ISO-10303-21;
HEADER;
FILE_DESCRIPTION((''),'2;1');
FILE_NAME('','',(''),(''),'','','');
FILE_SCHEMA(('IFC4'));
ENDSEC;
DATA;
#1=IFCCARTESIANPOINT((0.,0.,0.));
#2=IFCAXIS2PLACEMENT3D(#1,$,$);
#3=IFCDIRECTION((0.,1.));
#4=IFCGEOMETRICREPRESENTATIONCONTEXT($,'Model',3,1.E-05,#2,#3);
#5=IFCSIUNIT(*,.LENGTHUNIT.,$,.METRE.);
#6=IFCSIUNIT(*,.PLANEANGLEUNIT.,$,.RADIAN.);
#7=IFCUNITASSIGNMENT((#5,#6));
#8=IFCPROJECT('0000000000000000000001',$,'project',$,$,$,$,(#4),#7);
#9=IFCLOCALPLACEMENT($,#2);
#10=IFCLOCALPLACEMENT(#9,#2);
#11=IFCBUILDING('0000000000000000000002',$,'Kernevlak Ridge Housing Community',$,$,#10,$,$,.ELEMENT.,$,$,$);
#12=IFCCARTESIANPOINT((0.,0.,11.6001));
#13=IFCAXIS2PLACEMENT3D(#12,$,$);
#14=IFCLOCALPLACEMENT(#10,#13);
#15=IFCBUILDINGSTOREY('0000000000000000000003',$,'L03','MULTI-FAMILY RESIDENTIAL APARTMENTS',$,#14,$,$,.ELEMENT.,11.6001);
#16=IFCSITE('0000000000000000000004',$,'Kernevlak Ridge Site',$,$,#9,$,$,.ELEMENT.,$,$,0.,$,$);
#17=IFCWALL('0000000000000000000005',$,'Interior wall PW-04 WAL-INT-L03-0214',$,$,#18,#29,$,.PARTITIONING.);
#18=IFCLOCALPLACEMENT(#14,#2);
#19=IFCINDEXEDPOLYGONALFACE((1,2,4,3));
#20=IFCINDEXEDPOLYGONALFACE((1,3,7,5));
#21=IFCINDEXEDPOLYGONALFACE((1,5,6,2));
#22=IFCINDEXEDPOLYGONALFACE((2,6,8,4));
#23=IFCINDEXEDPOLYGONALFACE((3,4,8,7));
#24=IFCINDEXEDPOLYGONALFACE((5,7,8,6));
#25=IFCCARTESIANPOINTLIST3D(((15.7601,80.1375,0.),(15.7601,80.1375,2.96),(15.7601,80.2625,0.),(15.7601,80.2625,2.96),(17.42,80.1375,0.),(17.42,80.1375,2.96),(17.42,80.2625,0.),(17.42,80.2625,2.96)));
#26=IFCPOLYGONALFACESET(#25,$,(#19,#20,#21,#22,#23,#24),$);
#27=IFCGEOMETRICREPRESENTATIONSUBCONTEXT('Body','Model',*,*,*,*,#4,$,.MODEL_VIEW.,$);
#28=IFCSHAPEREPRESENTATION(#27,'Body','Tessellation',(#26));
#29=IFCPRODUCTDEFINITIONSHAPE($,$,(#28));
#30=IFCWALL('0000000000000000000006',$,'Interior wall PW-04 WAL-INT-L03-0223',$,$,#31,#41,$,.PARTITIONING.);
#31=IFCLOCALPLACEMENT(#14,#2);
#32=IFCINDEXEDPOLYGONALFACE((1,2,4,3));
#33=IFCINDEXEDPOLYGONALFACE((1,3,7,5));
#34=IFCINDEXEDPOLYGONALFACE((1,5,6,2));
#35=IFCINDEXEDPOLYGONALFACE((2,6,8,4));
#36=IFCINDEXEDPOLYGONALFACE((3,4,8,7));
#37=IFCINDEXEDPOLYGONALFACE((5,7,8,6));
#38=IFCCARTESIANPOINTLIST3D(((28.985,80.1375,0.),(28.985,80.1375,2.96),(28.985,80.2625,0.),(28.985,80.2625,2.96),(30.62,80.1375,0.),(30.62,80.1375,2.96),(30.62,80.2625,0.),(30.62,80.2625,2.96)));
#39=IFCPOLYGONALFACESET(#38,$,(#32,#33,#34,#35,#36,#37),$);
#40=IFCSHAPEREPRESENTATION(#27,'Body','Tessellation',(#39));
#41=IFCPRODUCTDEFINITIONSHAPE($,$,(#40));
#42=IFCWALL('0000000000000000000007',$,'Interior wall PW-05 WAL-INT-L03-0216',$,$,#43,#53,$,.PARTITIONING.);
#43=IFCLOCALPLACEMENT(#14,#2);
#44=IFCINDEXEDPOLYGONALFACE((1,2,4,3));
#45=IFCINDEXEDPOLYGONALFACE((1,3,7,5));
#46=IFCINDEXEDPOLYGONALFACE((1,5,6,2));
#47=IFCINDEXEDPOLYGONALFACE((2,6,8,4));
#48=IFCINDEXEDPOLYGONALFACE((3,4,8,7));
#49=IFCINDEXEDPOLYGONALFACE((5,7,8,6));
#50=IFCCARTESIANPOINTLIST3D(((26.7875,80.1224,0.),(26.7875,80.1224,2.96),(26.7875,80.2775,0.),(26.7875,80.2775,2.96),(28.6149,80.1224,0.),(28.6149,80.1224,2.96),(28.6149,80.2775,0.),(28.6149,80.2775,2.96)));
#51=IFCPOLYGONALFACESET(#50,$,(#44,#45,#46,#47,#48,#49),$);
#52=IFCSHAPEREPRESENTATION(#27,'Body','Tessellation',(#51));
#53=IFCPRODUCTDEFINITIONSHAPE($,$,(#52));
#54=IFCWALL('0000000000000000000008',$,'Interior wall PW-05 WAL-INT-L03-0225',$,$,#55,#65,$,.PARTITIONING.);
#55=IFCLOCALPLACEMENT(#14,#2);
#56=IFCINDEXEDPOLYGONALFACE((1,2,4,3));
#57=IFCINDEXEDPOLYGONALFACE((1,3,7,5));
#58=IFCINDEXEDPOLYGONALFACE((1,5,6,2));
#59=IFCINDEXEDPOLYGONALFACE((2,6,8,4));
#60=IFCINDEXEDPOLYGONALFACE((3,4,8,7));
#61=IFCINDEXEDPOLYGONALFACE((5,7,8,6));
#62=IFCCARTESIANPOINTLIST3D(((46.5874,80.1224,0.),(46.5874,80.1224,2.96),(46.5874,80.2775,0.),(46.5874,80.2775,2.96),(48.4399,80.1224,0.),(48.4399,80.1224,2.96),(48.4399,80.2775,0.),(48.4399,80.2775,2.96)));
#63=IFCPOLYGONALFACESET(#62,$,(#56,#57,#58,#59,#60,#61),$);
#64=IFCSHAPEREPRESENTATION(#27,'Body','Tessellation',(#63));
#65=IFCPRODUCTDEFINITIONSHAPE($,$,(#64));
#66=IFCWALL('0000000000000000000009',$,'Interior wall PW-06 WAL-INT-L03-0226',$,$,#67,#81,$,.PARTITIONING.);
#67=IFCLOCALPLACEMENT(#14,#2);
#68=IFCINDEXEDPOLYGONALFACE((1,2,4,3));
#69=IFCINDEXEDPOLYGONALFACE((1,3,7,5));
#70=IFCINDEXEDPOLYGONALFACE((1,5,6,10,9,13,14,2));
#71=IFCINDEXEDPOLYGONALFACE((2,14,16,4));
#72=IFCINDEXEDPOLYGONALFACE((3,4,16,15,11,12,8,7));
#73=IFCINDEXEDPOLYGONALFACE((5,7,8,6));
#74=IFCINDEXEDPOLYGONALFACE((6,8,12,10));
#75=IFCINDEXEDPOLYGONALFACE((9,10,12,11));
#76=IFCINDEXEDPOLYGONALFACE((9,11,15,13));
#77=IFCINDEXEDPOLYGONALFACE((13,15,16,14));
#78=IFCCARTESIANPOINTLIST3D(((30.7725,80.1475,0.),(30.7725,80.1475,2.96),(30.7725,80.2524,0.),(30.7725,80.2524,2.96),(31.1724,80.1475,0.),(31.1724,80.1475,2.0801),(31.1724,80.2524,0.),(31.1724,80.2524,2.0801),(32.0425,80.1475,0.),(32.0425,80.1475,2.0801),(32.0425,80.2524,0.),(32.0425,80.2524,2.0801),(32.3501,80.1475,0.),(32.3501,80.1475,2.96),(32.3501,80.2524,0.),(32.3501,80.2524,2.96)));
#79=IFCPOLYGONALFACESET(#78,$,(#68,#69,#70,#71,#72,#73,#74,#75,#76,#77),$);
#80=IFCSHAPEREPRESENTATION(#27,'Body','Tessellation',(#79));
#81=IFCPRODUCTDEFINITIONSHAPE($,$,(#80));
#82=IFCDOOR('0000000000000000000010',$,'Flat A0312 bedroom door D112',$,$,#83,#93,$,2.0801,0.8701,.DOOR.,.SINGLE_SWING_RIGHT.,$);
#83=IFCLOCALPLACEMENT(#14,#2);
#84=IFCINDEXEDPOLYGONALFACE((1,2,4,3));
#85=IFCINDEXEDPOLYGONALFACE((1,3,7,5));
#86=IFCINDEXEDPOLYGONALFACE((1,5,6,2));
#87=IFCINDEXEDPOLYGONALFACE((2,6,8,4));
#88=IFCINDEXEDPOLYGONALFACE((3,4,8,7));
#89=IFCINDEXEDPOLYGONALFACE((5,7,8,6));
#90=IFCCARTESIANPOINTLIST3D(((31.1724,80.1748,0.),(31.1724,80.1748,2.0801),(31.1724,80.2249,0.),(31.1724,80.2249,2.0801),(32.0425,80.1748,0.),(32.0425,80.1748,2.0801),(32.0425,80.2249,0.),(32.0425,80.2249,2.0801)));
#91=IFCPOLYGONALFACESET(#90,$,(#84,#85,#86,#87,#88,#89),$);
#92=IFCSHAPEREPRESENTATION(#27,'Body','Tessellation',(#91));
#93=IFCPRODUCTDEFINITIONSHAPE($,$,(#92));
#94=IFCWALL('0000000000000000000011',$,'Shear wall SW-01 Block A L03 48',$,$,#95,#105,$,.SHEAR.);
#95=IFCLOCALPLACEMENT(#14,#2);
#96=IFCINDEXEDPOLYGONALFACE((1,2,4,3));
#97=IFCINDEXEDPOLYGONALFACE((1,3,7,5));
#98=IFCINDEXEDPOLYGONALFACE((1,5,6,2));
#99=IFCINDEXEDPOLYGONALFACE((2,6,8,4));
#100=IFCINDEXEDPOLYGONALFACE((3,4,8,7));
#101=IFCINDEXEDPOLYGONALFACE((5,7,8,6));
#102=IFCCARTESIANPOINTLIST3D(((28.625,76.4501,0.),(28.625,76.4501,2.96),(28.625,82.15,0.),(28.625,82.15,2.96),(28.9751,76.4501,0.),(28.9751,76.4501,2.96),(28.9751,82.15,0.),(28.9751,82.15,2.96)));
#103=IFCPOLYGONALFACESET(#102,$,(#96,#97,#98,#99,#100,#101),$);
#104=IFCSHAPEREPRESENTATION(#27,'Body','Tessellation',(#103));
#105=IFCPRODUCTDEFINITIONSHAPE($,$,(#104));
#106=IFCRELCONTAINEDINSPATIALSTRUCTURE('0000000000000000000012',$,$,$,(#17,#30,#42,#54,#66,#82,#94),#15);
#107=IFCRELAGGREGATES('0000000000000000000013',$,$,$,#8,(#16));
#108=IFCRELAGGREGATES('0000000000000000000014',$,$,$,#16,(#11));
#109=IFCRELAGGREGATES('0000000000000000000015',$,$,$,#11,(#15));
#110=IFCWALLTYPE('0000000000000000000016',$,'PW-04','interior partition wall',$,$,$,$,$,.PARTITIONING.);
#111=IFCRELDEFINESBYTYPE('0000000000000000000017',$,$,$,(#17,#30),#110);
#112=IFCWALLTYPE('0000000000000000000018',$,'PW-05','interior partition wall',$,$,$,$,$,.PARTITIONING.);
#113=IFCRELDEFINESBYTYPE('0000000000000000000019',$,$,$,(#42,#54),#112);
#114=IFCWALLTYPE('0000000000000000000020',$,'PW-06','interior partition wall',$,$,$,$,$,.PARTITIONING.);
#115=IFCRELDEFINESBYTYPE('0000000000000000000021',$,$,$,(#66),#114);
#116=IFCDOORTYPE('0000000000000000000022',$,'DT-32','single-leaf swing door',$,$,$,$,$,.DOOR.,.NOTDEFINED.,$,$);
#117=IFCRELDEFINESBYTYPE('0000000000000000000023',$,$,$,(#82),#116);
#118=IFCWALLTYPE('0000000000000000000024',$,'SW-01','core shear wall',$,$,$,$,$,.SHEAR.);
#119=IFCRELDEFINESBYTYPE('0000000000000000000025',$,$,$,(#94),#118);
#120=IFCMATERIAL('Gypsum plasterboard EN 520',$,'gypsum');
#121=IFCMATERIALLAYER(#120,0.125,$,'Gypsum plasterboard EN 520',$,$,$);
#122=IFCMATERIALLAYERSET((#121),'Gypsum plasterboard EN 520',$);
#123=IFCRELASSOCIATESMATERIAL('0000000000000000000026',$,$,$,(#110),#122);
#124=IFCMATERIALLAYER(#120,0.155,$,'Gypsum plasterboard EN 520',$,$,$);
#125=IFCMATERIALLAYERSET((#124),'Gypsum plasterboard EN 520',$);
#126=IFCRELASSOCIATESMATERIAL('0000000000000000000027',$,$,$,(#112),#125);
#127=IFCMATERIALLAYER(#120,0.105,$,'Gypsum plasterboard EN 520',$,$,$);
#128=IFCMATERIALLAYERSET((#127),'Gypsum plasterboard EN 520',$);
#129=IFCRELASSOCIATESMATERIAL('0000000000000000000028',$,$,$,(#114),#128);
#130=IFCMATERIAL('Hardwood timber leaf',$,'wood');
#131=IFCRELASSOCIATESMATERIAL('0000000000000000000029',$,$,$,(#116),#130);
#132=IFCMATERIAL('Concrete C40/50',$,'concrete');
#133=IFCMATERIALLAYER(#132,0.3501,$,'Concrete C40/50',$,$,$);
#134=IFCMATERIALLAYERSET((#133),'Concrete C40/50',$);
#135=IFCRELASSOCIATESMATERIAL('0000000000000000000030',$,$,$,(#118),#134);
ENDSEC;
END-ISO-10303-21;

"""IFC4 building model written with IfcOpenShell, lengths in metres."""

from ifc_helpers import new_model, si_unit, direction, frame, frame_2d, origin, place, context, subcontext, project, spatial, rectangle, extrude, material, layer, layer_set, type_object, element, fill, save


model = new_model("IFC4")

# Units and contexts
model_context = context("Model", 3, precision=1e-05, world=origin(), true_north=direction((0.0, 1.0)))
body_context = subcontext(model_context, "Body", "Model", "MODEL_VIEW")
ifc_project = project(units=[si_unit("LENGTHUNIT", "METRE"), si_unit("PLANEANGLEUNIT", "RADIAN")], contexts=[model_context])

# Site, building, storey
site_placement = place(None, origin())
site = spatial("IfcSite", under=ifc_project, at=site_placement, Name="Kernevlak Ridge Site", CompositionType="ELEMENT", RefElevation=0.0)
building_placement = place(site_placement, origin())
building = spatial("IfcBuilding", under=site, at=building_placement, Name="Kernevlak Ridge Housing Community", CompositionType="ELEMENT")
storey_placement = place(building_placement, frame((0.0, 0.0, 11.6001)))
storey = spatial("IfcBuildingStorey", under=building, at=storey_placement, Name="L03", Description="MULTI-FAMILY RESIDENTIAL APARTMENTS", CompositionType="ELEMENT", Elevation=11.6001)

# Shared definitions
ifc_material_1 = material(Name="Concrete C40/50", Category="concrete")

# Shared definitions
ifc_material_2 = material(Name="Hardwood timber leaf", Category="wood")

# Walls
ifc_material_3 = material(Name="Gypsum plasterboard EN 520", Category="gypsum")
ifc_layer_1 = layer(ifc_material_3, 0.125, Name="Gypsum plasterboard EN 520")
ifc_layer_set_1 = layer_set([ifc_layer_1], Name="Gypsum plasterboard EN 520")
wall_type_1 = type_object("IfcWallType", Name="PW-04", Description="interior partition wall", PredefinedType="PARTITIONING", material=ifc_layer_set_1)
wall_1_placement = place(storey_placement, frame((15.76, 80.2, 0.0), z_axis=(0.0, 0.0, 1.0), x_axis=(1.0, 0.0, 0.0)))
element("IfcWall", 1, at=wall_1_placement, inside=storey, type_object=wall_type_1, Name="Interior wall PW-04 WAL-INT-L03-0214", PredefinedType="PARTITIONING", context=body_context, shape_type="SweptSolid", body=[
    extrude(rectangle(XDim=1.6599, YDim=0.125, at=frame_2d((0.8301, 0.0))), origin(), (0.0, 0.0, 1.0), 2.96),
])
wall_2_placement = place(storey_placement, frame((28.9851, 80.2, 0.0), z_axis=(0.0, 0.0, 1.0), x_axis=(1.0, 0.0, 0.0)))
element("IfcWall", 2, at=wall_2_placement, inside=storey, type_object=wall_type_1, Name="Interior wall PW-04 WAL-INT-L03-0223", PredefinedType="PARTITIONING", context=body_context, shape_type="SweptSolid", body=[
    extrude(rectangle(XDim=1.635, YDim=0.125, at=frame_2d((0.8174, 0.0))), origin(), (0.0, 0.0, 1.0), 2.96),
])
ifc_layer_2 = layer(ifc_material_3, 0.155, Name="Gypsum plasterboard EN 520")
ifc_layer_set_2 = layer_set([ifc_layer_2], Name="Gypsum plasterboard EN 520")
wall_type_2 = type_object("IfcWallType", Name="PW-05", Description="interior partition wall", PredefinedType="PARTITIONING", material=ifc_layer_set_2)
wall_3_placement = place(storey_placement, frame((26.7876, 80.2, 0.0), z_axis=(0.0, 0.0, 1.0), x_axis=(1.0, 0.0, 0.0)))
element("IfcWall", 3, at=wall_3_placement, inside=storey, type_object=wall_type_2, Name="Interior wall PW-05 WAL-INT-L03-0216", PredefinedType="PARTITIONING", context=body_context, shape_type="SweptSolid", body=[
    extrude(rectangle(XDim=1.8274, YDim=0.155, at=frame_2d((0.9136, 0.0))), origin(), (0.0, 0.0, 1.0), 2.96),
])
wall_4_placement = place(storey_placement, frame((46.5874, 80.2, 0.0), z_axis=(0.0, 0.0, 1.0), x_axis=(1.0, 0.0, 0.0)))
element("IfcWall", 4, at=wall_4_placement, inside=storey, type_object=wall_type_2, Name="Interior wall PW-05 WAL-INT-L03-0225", PredefinedType="PARTITIONING", context=body_context, shape_type="SweptSolid", body=[
    extrude(rectangle(XDim=1.8525, YDim=0.155, at=frame_2d((0.9263, 0.0))), origin(), (0.0, 0.0, 1.0), 2.96),
])

# Wall, opening, door
ifc_layer_3 = layer(ifc_material_3, 0.105, Name="Gypsum plasterboard EN 520")
ifc_layer_set_3 = layer_set([ifc_layer_3], Name="Gypsum plasterboard EN 520")
wall_type_3 = type_object("IfcWallType", Name="PW-06", Description="interior partition wall", PredefinedType="PARTITIONING", material=ifc_layer_set_3)
wall_5_placement = place(storey_placement, frame((30.7725, 80.2, 0.0), z_axis=(0.0, 0.0, 1.0), x_axis=(1.0, 0.0, 0.0)))
wall_5 = element("IfcWall", 5, at=wall_5_placement, inside=storey, type_object=wall_type_3, Name="Interior wall PW-06 WAL-INT-L03-0226", PredefinedType="PARTITIONING", context=body_context, shape_type="SweptSolid", body=[
    extrude(rectangle(XDim=1.5776, YDim=0.105, at=frame_2d((0.7888, 0.0))), origin(), (0.0, 0.0, 1.0), 2.96),
])
opening_1_placement = place(wall_5_placement, frame((0.3999, 0.0, 0.0)))
opening_1 = element("IfcOpeningElement", 6, at=opening_1_placement, cuts=wall_5, PredefinedType="OPENING", context=body_context, shape_type="SweptSolid", body=[
    extrude(rectangle(XDim=0.8701, YDim=2.0801, at=frame_2d((0.4351, 1.04))), frame((0.0, 0.0625, 0.0), z_axis=(0.0, -1.0, 0.0), x_axis=(1.0, 0.0, 0.0)), (0.0, 0.0, 1.0), 0.125),
])
door_type_1 = type_object("IfcDoorType", Name="DT-32", Description="single-leaf swing door", OperationType="NOTDEFINED", PredefinedType="DOOR", material=ifc_material_2)
door_1_placement = place(opening_1_placement, origin())
door_1 = element("IfcDoor", 7, at=door_1_placement, inside=storey, type_object=door_type_1, Name="Flat A0312 bedroom door D112", OperationType="SINGLE_SWING_RIGHT", OverallHeight=2.0801, OverallWidth=0.8701, PredefinedType="DOOR", context=body_context, shape_type="SweptSolid", body=[
    extrude(rectangle(XDim=0.8701, YDim=2.0801, at=frame_2d((0.4351, 1.04))), frame((0.0, 0.0249, 0.0), z_axis=(0.0, -1.0, 0.0), x_axis=(1.0, 0.0, 0.0)), (0.0, 0.0, 1.0), 0.05),
])
fill(opening_1, door_1)

# Wall
ifc_layer_4 = layer(ifc_material_1, 0.3501, Name="Concrete C40/50")
ifc_layer_set_4 = layer_set([ifc_layer_4], Name="Concrete C40/50")
wall_type_4 = type_object("IfcWallType", Name="SW-01", Description="core shear wall", PredefinedType="SHEAR", material=ifc_layer_set_4)
wall_6_placement = place(storey_placement, frame((28.8, 76.45, 0.0), z_axis=(0.0, 0.0, 1.0), x_axis=(0.0, 1.0, 0.0)))
element("IfcWall", 8, at=wall_6_placement, inside=storey, type_object=wall_type_4, Name="Shear wall SW-01 Block A L03 48", PredefinedType="SHEAR", context=body_context, shape_type="SweptSolid", body=[
    extrude(rectangle(XDim=5.7, YDim=0.3501, at=frame_2d((2.8501, 0.0))), origin(), (0.0, 0.0, 1.0), 2.96),
])

save(model, "model.ifc")
